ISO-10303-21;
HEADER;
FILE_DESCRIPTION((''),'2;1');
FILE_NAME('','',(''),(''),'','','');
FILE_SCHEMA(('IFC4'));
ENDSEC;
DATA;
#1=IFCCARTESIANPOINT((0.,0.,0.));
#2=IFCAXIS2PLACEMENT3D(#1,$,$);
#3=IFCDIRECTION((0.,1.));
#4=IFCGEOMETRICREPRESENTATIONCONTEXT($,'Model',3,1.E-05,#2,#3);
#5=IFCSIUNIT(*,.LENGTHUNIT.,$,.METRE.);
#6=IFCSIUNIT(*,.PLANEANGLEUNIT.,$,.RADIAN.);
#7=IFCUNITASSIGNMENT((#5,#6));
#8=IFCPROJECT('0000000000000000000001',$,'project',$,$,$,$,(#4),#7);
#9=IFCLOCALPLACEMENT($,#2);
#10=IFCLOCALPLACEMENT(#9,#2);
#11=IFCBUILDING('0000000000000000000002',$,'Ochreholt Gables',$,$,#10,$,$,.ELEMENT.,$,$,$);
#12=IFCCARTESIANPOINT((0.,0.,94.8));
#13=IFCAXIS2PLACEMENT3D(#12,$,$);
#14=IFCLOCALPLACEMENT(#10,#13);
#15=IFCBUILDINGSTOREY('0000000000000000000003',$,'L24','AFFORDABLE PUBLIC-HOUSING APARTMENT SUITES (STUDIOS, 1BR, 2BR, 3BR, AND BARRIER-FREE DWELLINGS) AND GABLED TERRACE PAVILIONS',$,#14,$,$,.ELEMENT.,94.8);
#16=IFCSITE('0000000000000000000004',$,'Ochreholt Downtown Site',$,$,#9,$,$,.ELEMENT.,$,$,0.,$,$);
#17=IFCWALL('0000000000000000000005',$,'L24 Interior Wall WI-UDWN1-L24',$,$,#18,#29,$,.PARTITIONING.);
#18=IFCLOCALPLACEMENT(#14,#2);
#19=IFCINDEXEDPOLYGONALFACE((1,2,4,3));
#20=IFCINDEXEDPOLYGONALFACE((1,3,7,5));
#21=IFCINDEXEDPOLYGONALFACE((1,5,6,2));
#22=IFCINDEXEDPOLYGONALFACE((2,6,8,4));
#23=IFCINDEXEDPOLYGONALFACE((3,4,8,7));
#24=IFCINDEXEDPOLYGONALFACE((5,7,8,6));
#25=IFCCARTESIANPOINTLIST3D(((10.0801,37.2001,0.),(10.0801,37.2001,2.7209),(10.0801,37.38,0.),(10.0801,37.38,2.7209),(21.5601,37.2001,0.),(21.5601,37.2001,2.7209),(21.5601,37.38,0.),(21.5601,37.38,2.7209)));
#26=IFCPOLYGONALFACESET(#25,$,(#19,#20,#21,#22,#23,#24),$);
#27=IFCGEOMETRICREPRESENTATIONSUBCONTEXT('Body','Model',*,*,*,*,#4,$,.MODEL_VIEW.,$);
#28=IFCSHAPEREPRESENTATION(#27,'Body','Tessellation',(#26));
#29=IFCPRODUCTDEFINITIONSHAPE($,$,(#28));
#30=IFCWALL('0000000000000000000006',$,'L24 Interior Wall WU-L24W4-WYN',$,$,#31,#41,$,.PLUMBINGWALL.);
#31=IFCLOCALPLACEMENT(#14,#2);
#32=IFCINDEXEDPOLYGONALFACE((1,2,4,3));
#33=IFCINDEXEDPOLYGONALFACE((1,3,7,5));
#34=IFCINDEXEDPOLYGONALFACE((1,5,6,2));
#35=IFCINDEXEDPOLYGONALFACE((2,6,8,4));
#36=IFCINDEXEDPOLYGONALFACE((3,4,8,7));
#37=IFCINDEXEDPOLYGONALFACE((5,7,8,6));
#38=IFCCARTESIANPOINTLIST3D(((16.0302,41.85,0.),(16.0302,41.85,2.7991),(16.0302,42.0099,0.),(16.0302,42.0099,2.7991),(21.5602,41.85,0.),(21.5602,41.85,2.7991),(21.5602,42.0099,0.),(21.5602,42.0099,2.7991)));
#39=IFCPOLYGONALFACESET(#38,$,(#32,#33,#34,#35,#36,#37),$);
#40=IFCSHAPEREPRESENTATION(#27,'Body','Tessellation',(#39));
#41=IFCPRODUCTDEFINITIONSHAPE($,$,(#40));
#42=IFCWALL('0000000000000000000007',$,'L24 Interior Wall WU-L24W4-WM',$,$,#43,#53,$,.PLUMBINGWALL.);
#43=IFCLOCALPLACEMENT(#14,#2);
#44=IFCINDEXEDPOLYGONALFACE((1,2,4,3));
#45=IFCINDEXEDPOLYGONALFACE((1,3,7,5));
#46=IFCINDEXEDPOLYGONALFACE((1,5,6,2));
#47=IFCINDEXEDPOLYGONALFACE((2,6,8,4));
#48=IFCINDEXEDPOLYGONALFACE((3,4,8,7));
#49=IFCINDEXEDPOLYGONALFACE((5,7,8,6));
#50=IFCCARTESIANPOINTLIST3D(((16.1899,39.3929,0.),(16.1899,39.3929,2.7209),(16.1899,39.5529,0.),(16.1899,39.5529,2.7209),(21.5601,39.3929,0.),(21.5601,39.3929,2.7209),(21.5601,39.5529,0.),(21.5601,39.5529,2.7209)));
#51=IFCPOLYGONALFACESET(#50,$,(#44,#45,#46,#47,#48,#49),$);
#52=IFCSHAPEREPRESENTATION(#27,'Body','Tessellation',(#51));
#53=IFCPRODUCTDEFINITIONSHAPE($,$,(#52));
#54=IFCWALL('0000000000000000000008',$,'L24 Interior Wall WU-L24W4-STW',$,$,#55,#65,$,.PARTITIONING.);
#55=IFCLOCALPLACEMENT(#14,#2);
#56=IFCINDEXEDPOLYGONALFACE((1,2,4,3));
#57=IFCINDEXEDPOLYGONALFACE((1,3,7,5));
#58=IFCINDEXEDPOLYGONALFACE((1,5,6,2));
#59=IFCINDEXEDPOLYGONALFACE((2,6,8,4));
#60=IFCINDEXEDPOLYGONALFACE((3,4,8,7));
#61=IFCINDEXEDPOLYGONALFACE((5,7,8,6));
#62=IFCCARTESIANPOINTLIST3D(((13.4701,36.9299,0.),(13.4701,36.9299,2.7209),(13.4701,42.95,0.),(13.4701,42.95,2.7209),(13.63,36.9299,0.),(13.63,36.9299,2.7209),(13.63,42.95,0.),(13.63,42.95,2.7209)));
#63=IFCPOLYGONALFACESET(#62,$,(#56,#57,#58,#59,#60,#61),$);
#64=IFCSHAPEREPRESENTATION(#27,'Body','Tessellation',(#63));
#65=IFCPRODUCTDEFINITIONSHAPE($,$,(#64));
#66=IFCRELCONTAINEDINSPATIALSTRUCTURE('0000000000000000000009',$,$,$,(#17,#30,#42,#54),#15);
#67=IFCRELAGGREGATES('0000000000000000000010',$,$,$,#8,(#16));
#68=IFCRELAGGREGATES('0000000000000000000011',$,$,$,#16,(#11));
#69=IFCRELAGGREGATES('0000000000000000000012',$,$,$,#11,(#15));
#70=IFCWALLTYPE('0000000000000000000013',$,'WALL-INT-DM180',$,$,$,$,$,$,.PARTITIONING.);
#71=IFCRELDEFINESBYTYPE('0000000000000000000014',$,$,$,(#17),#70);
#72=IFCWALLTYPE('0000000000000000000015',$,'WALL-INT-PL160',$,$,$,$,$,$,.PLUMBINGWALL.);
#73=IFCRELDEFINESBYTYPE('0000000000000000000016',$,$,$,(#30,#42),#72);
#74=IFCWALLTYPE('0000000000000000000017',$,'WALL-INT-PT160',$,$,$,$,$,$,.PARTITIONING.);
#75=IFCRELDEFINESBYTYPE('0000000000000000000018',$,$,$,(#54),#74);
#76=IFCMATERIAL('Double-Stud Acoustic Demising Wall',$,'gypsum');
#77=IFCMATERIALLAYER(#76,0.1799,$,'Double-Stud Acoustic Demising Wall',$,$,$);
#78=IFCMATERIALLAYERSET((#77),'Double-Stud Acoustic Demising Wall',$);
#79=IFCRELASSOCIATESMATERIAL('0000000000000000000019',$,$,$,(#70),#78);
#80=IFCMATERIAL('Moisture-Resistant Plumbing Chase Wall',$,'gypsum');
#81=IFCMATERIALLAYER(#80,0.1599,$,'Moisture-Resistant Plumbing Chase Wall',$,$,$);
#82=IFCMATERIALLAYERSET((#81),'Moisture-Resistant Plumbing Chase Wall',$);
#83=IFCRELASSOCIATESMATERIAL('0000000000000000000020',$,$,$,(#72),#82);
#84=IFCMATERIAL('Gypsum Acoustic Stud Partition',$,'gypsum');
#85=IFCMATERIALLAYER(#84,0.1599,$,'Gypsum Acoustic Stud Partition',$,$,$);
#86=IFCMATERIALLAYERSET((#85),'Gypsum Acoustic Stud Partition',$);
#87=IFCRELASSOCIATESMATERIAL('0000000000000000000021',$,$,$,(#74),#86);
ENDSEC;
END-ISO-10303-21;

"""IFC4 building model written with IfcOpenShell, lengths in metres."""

from ifc_helpers import new_model, si_unit, direction, frame, frame_2d, origin, place, context, subcontext, project, spatial, rectangle, extrude, material, layer, layer_set, type_object, element, save


model = new_model("IFC4")

# Units and contexts
model_context = context("Model", 3, precision=1e-05, world=origin(), true_north=direction((0.0, 1.0)))
body_context = subcontext(model_context, "Body", "Model", "MODEL_VIEW")
ifc_project = project(units=[si_unit("LENGTHUNIT", "METRE"), si_unit("PLANEANGLEUNIT", "RADIAN")], contexts=[model_context])

# Site, building, storey
site_placement = place(None, origin())
site = spatial("IfcSite", under=ifc_project, at=site_placement, Name="Ochreholt Downtown Site", CompositionType="ELEMENT", RefElevation=0.0)
building_placement = place(site_placement, origin())
building = spatial("IfcBuilding", under=site, at=building_placement, Name="Ochreholt Gables", CompositionType="ELEMENT")
storey_placement = place(building_placement, frame((0.0, 0.0, 94.8)))
storey = spatial("IfcBuildingStorey", under=building, at=storey_placement, Name="L24", Description="AFFORDABLE PUBLIC-HOUSING APARTMENT SUITES (STUDIOS, 1BR, 2BR, 3BR, AND BARRIER-FREE DWELLINGS) AND GABLED TERRACE PAVILIONS", CompositionType="ELEMENT", Elevation=94.8)

# Walls
ifc_material_1 = material(Name="Double-Stud Acoustic Demising Wall", Category="gypsum")
ifc_layer_1 = layer(ifc_material_1, 0.1799, Name="Double-Stud Acoustic Demising Wall")
ifc_layer_set_1 = layer_set([ifc_layer_1], Name="Double-Stud Acoustic Demising Wall")
wall_type_1 = type_object("IfcWallType", Name="WALL-INT-DM180", PredefinedType="PARTITIONING", material=ifc_layer_set_1)
wall_1_placement = place(storey_placement, frame((10.0801, 37.29, 0.0), z_axis=(0.0, 0.0, 1.0), x_axis=(1.0, 0.0, 0.0)))
element("IfcWall", 1, at=wall_1_placement, inside=storey, type_object=wall_type_1, Name="L24 Interior Wall WI-UDWN1-L24", PredefinedType="PARTITIONING", context=body_context, shape_type="SweptSolid", body=[
    extrude(rectangle(XDim=11.48, YDim=0.1799, at=frame_2d((5.74, 0.0))), origin(), (0.0, 0.0, 1.0), 2.7209),
])
ifc_material_2 = material(Name="Moisture-Resistant Plumbing Chase Wall", Category="gypsum")
ifc_layer_2 = layer(ifc_material_2, 0.1599, Name="Moisture-Resistant Plumbing Chase Wall")
ifc_layer_set_2 = layer_set([ifc_layer_2], Name="Moisture-Resistant Plumbing Chase Wall")
wall_type_2 = type_object("IfcWallType", Name="WALL-INT-PL160", PredefinedType="PLUMBINGWALL", material=ifc_layer_set_2)
wall_2_placement = place(storey_placement, frame((16.03, 41.9299, 0.0), z_axis=(0.0, 0.0, 1.0), x_axis=(1.0, 0.0, 0.0)))
element("IfcWall", 2, at=wall_2_placement, inside=storey, type_object=wall_type_2, Name="L24 Interior Wall WU-L24W4-WYN", PredefinedType="PLUMBINGWALL", context=body_context, shape_type="SweptSolid", body=[
    extrude(rectangle(XDim=5.53, YDim=0.1599, at=frame_2d((2.7651, 0.0))), origin(), (0.0, 0.0, 1.0), 2.7991),
])

# Walls
wall_3_placement = place(storey_placement, frame((16.1899, 39.4729, 0.0), z_axis=(0.0, 0.0, 1.0), x_axis=(1.0, 0.0, 0.0)))
element("IfcWall", 3, at=wall_3_placement, inside=storey, type_object=wall_type_2, Name="L24 Interior Wall WU-L24W4-WM", PredefinedType="PLUMBINGWALL", context=body_context, shape_type="SweptSolid", body=[
    extrude(rectangle(XDim=5.3701, YDim=0.1599, at=frame_2d((2.6851, 0.0))), origin(), (0.0, 0.0, 1.0), 2.7209),
])
ifc_material_3 = material(Name="Gypsum Acoustic Stud Partition", Category="gypsum")
ifc_layer_3 = layer(ifc_material_3, 0.1599, Name="Gypsum Acoustic Stud Partition")
ifc_layer_set_3 = layer_set([ifc_layer_3], Name="Gypsum Acoustic Stud Partition")
wall_type_3 = type_object("IfcWallType", Name="WALL-INT-PT160", PredefinedType="PARTITIONING", material=ifc_layer_set_3)
wall_4_placement = place(storey_placement, frame((13.55, 36.9299, 0.0), z_axis=(0.0, 0.0, 1.0), x_axis=(0.0, 1.0, 0.0)))
element("IfcWall", 4, at=wall_4_placement, inside=storey, type_object=wall_type_3, Name="L24 Interior Wall WU-L24W4-STW", PredefinedType="PARTITIONING", context=body_context, shape_type="SweptSolid", body=[
    extrude(rectangle(XDim=6.02, YDim=0.1599, at=frame_2d((3.01, 0.0))), origin(), (0.0, 0.0, 1.0), 2.7209),
])

save(model, "model.ifc")
